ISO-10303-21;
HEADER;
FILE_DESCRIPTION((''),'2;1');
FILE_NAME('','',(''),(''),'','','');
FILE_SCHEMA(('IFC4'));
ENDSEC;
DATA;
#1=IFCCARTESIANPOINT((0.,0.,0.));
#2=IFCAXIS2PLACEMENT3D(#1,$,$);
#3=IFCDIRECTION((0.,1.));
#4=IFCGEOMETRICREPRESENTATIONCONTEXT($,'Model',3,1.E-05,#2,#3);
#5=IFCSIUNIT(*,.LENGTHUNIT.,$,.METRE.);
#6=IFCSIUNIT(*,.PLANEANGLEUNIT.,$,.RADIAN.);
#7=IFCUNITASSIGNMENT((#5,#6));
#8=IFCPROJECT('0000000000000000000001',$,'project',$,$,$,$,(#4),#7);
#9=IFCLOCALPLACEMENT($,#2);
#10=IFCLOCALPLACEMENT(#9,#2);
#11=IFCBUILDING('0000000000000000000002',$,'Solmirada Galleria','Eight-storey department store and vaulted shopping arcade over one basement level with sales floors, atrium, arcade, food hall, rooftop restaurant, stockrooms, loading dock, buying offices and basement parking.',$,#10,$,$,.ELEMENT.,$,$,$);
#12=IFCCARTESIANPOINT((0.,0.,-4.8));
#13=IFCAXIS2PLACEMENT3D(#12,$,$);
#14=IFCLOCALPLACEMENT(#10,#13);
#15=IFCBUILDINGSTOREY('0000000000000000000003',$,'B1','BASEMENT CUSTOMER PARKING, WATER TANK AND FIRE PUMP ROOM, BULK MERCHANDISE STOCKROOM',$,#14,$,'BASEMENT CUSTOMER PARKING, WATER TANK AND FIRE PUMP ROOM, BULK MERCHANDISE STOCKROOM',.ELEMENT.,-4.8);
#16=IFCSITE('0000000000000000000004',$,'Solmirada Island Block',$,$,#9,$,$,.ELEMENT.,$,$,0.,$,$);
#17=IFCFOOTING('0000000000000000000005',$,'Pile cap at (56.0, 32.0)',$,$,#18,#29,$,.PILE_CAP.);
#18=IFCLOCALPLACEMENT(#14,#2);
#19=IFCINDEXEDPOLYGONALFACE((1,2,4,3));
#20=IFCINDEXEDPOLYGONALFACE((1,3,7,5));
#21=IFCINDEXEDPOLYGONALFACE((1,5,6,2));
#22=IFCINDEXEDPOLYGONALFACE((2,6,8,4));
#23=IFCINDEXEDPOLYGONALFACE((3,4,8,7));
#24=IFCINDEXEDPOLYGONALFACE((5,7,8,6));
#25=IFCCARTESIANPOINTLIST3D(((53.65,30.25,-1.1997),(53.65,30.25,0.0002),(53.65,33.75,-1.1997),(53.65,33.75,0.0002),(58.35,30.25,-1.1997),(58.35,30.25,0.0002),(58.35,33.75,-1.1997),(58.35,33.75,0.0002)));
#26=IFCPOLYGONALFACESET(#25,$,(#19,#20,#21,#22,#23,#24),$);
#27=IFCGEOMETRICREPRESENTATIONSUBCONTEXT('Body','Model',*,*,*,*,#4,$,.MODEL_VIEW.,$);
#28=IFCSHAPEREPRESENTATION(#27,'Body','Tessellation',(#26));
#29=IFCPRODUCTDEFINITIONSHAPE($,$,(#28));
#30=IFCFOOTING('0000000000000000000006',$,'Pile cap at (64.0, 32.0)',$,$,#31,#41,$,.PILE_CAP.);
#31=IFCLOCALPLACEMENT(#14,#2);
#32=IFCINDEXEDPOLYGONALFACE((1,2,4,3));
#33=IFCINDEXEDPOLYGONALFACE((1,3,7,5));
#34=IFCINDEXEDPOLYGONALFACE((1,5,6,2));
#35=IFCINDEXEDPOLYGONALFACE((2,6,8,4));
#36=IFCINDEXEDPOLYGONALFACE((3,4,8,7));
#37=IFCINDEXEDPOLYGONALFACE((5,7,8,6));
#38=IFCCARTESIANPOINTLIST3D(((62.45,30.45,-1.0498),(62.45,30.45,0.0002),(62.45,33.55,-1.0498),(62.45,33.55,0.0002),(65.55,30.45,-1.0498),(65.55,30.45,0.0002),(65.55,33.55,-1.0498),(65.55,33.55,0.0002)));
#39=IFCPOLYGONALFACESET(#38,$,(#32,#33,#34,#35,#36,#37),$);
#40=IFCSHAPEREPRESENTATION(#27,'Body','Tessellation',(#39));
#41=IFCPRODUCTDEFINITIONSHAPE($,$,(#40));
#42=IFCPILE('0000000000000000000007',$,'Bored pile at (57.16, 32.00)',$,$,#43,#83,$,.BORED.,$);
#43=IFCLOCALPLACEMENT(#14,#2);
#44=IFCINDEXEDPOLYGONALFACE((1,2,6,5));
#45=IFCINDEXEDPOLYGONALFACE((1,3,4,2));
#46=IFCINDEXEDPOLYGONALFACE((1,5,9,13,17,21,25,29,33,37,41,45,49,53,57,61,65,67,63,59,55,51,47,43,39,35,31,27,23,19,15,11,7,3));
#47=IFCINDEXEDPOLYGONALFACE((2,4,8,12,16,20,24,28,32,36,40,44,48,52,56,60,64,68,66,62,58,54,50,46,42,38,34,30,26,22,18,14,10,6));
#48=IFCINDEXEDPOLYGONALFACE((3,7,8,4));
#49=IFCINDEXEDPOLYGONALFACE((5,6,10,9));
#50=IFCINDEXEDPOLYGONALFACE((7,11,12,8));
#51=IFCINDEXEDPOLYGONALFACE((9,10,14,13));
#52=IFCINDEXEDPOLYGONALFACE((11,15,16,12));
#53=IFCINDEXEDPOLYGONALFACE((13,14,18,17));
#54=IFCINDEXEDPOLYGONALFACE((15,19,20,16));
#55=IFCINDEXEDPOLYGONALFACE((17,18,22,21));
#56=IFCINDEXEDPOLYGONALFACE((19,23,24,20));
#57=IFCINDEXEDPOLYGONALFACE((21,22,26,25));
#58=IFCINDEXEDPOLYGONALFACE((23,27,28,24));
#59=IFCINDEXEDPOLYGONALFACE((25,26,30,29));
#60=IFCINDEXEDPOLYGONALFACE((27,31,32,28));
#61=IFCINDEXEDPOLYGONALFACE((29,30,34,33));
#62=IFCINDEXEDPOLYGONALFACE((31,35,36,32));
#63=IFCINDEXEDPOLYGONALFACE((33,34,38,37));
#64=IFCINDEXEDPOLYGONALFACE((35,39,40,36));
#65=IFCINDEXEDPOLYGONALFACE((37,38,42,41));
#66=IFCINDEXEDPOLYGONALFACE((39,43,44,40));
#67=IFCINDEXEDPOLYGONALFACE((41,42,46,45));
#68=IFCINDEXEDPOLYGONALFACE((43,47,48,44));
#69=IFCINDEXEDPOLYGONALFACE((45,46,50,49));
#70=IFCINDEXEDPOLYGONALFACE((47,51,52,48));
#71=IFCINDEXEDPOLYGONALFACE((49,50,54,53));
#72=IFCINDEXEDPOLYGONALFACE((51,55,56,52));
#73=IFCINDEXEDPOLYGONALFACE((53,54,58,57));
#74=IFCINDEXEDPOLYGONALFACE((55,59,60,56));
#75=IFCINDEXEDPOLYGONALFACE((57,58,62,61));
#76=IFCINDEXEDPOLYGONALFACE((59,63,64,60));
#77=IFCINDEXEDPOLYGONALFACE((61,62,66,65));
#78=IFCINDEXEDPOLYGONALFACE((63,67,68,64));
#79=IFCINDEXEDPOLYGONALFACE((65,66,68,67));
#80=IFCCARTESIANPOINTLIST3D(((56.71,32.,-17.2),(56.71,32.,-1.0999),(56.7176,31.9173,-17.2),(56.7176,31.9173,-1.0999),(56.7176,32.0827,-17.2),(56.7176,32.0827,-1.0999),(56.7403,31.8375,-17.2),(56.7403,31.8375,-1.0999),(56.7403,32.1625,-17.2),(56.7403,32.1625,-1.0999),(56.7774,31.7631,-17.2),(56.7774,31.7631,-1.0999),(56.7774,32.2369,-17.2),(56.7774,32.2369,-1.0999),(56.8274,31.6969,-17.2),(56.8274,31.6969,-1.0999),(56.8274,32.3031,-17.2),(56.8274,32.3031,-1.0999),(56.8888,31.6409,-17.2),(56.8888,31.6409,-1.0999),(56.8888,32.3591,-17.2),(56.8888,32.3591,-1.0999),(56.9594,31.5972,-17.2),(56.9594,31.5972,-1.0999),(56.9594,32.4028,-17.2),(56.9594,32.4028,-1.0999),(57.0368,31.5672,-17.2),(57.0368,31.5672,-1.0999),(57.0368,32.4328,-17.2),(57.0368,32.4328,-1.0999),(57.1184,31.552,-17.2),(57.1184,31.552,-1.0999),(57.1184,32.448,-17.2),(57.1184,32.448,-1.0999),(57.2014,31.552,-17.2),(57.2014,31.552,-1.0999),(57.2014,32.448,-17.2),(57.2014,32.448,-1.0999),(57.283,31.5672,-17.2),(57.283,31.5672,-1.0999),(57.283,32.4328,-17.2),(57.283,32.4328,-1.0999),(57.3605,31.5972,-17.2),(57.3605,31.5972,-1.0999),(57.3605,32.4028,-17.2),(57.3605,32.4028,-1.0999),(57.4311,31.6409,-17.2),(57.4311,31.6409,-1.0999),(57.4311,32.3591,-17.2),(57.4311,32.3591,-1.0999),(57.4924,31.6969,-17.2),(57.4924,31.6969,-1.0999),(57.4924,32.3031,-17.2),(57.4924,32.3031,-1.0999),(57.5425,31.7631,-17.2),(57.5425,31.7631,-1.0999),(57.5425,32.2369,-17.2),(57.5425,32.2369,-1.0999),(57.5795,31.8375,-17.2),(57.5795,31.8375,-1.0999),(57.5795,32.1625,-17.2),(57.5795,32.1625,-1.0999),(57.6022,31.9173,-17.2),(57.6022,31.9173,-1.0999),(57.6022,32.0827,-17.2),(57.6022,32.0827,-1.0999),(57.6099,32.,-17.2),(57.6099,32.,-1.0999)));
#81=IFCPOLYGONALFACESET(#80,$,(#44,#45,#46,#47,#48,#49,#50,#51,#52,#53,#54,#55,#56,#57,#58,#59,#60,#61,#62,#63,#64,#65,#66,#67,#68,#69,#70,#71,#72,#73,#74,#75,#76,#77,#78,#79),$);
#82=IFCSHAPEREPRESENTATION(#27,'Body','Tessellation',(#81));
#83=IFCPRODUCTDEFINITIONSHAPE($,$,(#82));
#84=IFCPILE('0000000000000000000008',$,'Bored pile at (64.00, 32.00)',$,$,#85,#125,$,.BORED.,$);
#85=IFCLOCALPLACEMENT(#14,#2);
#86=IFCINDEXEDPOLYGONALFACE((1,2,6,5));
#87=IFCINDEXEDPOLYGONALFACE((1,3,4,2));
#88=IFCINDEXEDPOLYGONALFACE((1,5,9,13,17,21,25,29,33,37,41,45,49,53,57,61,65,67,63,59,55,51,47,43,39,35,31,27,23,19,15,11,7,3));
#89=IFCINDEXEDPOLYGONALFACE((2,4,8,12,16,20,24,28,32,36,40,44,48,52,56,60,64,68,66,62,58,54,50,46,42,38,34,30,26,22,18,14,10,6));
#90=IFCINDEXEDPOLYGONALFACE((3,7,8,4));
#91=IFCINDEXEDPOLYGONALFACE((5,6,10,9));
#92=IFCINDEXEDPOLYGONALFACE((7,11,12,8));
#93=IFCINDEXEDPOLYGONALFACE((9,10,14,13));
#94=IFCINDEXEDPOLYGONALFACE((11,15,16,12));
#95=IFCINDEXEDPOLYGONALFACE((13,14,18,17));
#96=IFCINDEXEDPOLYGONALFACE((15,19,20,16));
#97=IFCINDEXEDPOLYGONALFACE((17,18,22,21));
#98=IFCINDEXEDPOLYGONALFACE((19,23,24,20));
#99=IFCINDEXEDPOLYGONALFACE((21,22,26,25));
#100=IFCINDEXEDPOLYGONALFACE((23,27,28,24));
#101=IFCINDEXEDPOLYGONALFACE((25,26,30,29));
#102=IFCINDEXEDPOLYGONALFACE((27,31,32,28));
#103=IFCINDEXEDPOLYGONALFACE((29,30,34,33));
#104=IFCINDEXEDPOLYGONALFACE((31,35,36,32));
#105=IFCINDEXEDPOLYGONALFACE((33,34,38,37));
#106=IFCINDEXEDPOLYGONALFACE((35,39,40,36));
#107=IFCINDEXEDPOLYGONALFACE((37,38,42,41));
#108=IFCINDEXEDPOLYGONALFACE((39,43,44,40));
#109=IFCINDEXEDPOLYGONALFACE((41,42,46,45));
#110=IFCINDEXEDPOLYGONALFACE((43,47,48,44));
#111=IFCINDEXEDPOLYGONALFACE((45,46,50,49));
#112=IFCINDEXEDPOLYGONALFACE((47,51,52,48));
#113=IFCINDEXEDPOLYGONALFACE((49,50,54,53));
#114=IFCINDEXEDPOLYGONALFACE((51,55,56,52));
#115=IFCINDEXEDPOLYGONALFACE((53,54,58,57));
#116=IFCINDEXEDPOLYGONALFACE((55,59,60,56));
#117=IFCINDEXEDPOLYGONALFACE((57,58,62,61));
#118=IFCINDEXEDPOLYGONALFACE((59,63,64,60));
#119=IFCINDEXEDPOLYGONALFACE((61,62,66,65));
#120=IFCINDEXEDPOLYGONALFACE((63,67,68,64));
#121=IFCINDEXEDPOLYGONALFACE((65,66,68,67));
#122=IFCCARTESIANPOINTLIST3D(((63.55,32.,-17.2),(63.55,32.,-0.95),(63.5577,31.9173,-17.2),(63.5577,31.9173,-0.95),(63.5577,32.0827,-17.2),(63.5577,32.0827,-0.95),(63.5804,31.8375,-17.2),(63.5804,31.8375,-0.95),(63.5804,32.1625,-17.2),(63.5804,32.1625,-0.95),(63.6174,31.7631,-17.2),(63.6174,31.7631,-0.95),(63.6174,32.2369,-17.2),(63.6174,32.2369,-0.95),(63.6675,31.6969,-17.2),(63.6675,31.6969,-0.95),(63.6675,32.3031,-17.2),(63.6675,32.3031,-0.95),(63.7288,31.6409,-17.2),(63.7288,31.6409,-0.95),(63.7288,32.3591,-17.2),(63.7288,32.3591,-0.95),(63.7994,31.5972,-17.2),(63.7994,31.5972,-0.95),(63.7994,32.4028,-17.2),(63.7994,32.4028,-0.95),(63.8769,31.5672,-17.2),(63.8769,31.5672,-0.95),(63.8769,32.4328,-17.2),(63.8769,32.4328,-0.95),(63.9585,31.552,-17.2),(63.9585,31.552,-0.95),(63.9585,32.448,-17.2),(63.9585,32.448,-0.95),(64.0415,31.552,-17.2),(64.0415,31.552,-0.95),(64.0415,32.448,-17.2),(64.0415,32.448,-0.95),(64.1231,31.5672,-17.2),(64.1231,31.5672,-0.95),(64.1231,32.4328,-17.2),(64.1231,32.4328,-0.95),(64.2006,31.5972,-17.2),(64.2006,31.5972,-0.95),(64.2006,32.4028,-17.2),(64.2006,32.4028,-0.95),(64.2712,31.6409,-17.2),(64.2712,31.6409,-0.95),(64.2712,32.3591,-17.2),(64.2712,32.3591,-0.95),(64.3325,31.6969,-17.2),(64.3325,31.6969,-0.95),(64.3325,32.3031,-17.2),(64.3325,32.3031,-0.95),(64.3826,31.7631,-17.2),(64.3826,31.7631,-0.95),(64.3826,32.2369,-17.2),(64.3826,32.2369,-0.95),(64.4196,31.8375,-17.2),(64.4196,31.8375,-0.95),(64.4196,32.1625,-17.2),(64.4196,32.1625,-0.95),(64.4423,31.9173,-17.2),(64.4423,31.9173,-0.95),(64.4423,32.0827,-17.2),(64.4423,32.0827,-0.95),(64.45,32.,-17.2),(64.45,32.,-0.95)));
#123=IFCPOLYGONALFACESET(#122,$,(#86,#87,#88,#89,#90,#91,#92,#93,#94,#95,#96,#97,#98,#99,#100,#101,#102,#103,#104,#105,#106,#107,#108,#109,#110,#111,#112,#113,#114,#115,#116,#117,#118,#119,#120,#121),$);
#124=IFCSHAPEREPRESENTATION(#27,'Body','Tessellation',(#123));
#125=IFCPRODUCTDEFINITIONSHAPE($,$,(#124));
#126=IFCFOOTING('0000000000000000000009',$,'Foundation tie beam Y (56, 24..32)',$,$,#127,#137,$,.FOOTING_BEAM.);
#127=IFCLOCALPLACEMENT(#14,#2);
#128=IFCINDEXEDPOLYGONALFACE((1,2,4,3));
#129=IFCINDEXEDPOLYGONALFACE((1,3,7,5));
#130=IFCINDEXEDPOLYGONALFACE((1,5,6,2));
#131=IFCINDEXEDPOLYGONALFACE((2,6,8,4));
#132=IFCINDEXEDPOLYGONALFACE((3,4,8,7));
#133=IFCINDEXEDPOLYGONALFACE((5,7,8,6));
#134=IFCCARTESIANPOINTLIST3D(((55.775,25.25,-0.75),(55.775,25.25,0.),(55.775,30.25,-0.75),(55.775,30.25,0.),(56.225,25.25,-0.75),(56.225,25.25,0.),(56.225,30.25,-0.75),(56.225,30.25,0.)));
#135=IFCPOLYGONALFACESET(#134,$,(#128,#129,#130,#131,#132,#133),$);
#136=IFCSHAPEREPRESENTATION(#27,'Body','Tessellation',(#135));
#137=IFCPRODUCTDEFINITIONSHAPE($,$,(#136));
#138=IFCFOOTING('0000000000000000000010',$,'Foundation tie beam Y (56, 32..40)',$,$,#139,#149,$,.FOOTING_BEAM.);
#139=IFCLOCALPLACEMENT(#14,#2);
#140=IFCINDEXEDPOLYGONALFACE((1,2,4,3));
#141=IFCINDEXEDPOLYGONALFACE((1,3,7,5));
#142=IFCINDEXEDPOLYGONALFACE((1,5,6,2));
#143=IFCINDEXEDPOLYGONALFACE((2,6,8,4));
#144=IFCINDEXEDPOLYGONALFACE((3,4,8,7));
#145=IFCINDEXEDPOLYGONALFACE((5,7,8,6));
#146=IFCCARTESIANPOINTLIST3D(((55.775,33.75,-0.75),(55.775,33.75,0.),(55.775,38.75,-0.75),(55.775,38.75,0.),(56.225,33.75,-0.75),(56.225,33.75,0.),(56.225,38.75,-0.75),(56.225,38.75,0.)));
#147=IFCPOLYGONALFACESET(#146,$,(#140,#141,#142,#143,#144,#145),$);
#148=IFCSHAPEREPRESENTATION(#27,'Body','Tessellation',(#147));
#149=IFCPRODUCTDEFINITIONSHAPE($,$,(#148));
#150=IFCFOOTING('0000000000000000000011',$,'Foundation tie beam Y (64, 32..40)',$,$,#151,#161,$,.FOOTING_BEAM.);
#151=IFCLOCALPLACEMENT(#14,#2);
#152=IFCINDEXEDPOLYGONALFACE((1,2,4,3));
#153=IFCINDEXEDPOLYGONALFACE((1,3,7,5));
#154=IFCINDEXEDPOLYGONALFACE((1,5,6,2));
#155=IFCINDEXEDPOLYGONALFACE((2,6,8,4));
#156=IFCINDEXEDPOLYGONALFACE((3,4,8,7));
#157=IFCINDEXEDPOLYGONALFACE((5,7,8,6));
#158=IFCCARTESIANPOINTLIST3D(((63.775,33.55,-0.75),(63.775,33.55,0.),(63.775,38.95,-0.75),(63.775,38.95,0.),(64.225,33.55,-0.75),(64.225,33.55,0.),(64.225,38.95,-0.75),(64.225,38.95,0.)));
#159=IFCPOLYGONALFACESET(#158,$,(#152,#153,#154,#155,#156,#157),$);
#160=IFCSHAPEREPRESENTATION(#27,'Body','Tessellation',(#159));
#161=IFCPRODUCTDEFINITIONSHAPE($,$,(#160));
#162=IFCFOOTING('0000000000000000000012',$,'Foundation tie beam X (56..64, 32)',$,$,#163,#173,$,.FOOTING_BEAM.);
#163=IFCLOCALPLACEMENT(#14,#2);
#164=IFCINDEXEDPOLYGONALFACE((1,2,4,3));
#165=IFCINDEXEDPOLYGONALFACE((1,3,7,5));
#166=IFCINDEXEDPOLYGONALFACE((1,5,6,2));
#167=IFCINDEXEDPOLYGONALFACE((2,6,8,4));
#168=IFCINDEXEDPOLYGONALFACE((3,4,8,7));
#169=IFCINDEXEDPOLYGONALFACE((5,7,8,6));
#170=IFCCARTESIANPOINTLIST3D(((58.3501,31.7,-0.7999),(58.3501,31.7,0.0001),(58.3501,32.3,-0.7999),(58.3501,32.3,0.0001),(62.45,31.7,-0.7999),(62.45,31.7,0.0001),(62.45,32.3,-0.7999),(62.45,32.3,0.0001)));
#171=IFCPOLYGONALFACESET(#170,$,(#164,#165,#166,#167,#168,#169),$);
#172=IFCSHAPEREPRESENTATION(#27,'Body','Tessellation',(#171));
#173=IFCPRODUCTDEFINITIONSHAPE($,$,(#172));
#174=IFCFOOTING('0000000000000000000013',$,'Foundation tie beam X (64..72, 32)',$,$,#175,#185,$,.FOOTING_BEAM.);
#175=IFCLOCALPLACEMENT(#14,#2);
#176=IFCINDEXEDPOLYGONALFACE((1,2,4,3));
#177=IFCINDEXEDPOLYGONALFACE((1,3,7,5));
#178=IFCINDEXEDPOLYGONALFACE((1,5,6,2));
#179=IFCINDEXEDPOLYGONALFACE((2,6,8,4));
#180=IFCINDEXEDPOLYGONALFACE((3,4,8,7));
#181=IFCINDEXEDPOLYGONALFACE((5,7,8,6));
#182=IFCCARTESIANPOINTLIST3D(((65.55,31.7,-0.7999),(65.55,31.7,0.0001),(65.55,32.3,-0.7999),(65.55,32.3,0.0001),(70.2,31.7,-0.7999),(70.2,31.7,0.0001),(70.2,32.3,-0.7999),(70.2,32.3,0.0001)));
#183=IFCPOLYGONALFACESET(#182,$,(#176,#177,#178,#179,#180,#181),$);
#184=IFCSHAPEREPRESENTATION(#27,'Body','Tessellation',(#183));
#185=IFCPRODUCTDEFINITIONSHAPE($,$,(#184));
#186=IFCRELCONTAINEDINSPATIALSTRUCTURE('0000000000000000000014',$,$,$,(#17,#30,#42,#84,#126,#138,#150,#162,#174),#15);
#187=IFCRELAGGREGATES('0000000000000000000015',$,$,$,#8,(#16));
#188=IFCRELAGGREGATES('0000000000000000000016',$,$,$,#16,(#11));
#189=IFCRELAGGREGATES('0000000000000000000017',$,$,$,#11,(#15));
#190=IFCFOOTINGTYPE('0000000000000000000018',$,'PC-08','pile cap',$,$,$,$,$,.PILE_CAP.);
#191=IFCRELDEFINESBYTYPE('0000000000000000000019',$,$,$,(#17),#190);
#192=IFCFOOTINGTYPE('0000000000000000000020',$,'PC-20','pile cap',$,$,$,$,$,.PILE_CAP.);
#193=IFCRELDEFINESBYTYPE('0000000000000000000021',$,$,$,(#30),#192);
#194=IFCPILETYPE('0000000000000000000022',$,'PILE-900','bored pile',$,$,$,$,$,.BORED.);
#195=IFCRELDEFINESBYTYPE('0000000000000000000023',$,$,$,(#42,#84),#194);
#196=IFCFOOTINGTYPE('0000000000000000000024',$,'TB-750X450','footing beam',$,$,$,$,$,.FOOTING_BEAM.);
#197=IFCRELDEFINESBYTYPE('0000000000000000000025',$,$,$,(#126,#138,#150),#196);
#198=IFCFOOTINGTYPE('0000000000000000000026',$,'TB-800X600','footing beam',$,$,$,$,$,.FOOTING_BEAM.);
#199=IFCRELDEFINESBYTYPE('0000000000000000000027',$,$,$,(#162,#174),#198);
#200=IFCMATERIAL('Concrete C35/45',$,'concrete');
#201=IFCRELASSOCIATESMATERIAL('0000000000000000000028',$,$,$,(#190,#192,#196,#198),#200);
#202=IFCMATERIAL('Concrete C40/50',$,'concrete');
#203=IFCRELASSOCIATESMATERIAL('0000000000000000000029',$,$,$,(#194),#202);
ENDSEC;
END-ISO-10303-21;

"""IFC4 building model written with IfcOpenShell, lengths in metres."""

from ifc_helpers import new_model, si_unit, direction, frame, origin, origin_2d, place, context, subcontext, project, spatial, rectangle, circle, extrude, material, material_profile, profile_set, type_object, element, save


model = new_model("IFC4")

# Units and contexts
model_context = context("Model", 3, precision=1e-05, world=origin(), true_north=direction((0.0, 1.0)))
body_context = subcontext(model_context, "Body", "Model", "MODEL_VIEW")
ifc_project = project(units=[si_unit("LENGTHUNIT", "METRE"), si_unit("PLANEANGLEUNIT", "RADIAN")], contexts=[model_context])

# Site, building, storey
site_placement = place(None, origin())
site = spatial("IfcSite", under=ifc_project, at=site_placement, Name="Solmirada Island Block", CompositionType="ELEMENT", RefElevation=0.0)
building_placement = place(site_placement, origin())
building = spatial("IfcBuilding", under=site, at=building_placement, Name="Solmirada Galleria", Description="Eight-storey department store and vaulted shopping arcade over one basement level with sales floors, atrium, arcade, food hall, rooftop restaurant, stockrooms, loading dock, buying offices and basement parking.", CompositionType="ELEMENT")
storey_placement = place(building_placement, frame((0.0, 0.0, -4.8)))
storey = spatial("IfcBuildingStorey", under=building, at=storey_placement, Name="B1", Description="BASEMENT CUSTOMER PARKING, WATER TANK AND FIRE PUMP ROOM, BULK MERCHANDISE STOCKROOM", LongName="BASEMENT CUSTOMER PARKING, WATER TANK AND FIRE PUMP ROOM, BULK MERCHANDISE STOCKROOM", CompositionType="ELEMENT", Elevation=-4.8)

# Footings
ifc_material_1 = material(Name="Concrete C35/45", Category="concrete")
footing_type_1 = type_object("IfcFootingType", Name="PC-08", Description="pile cap", PredefinedType="PILE_CAP", material=ifc_material_1)
footing_1_placement = place(storey_placement, frame((56.0, 32.0, -1.1997), z_axis=(0.0, 0.0, 1.0), x_axis=(1.0, 0.0, 0.0)))
element("IfcFooting", 1, at=footing_1_placement, inside=storey, type_object=footing_type_1, Name="Pile cap at (56.0, 32.0)", PredefinedType="PILE_CAP", context=body_context, shape_type="SweptSolid", body=[
    extrude(rectangle(XDim=4.7, YDim=3.5, at=origin_2d()), origin(), (0.0, 0.0, 1.0), 1.2),
])
footing_type_2 = type_object("IfcFootingType", Name="PC-20", Description="pile cap", PredefinedType="PILE_CAP", material=ifc_material_1)
footing_2_placement = place(storey_placement, frame((64.0, 32.0, -1.0498), z_axis=(0.0, 0.0, 1.0), x_axis=(1.0, 0.0, 0.0)))
element("IfcFooting", 2, at=footing_2_placement, inside=storey, type_object=footing_type_2, Name="Pile cap at (64.0, 32.0)", PredefinedType="PILE_CAP", context=body_context, shape_type="SweptSolid", body=[
    extrude(rectangle(XDim=3.1001, YDim=3.1001, at=origin_2d()), origin(), (0.0, 0.0, 1.0), 1.05),
])

# Piles
ifc_material_2 = material(Name="Concrete C40/50", Category="concrete")
ifc_material_profile_1 = material_profile(ifc_material_2, circle(Radius=0.45, at=origin_2d()), Name="PILE900")
ifc_profile_set_1 = profile_set([ifc_material_profile_1], Name="Concrete C40/50")
pile_type = type_object("IfcPileType", Name="PILE-900", Description="bored pile", PredefinedType="BORED", material=ifc_profile_set_1)
pile_1_placement = place(storey_placement, frame((57.1599, 32.0, -1.0999), z_axis=(0.0, 0.0, -1.0), x_axis=(1.0, 0.0, 0.0)))
element("IfcPile", 3, at=pile_1_placement, inside=storey, type_object=pile_type, Name="Bored pile at (57.16, 32.00)", PredefinedType="BORED", context=body_context, shape_type="SweptSolid", body=[
    extrude(circle(Radius=0.45, at=origin_2d()), origin(), (0.0, 0.0, 1.0), 16.1001),
])
pile_2_placement = place(storey_placement, frame((64.0, 32.0, -0.95), z_axis=(0.0, 0.0, -1.0), x_axis=(1.0, 0.0, 0.0)))
element("IfcPile", 4, at=pile_2_placement, inside=storey, type_object=pile_type, Name="Bored pile at (64.00, 32.00)", PredefinedType="BORED", context=body_context, shape_type="SweptSolid", body=[
    extrude(circle(Radius=0.45, at=origin_2d()), origin(), (0.0, 0.0, 1.0), 16.25),
])

# Footings
ifc_material_profile_2 = material_profile(ifc_material_1, rectangle(XDim=0.45, YDim=0.75, at=origin_2d()), Name="RC750X450")
ifc_profile_set_2 = profile_set([ifc_material_profile_2], Name="Concrete C35/45")
footing_type_3 = type_object("IfcFootingType", Name="TB-750X450", Description="footing beam", PredefinedType="FOOTING_BEAM", material=ifc_profile_set_2)
for number, where, z_axis, x_axis, name in (
    (5, (56.0, 25.25, -0.375), (0.0, 1.0, 0.0), (-1.0, 0.0, 0.0), "Foundation tie beam Y (56, 24..32)"),
    (6, (56.0, 33.75, -0.375), (0.0, 1.0, 0.0), (-1.0, 0.0, 0.0), "Foundation tie beam Y (56, 32..40)"),
):
    element("IfcFooting", number, at=place(storey_placement, frame(where, z_axis=z_axis, x_axis=x_axis)), inside=storey, type_object=footing_type_3, Name=name, PredefinedType="FOOTING_BEAM", context=body_context, shape_type="SweptSolid", body=[
        extrude(rectangle(XDim=0.45, YDim=0.75, at=origin_2d()), origin(), (0.0, 0.0, 1.0), 5.0),
    ])
footing_3_placement = place(storey_placement, frame((64.0, 33.55, -0.375), z_axis=(0.0, 1.0, 0.0), x_axis=(-1.0, 0.0, 0.0)))
element("IfcFooting", 7, at=footing_3_placement, inside=storey, type_object=footing_type_3, Name="Foundation tie beam Y (64, 32..40)", PredefinedType="FOOTING_BEAM", context=body_context, shape_type="SweptSolid", body=[
    extrude(rectangle(XDim=0.45, YDim=0.75, at=origin_2d()), origin(), (0.0, 0.0, 1.0), 5.3999),
])
ifc_material_profile_3 = material_profile(ifc_material_1, rectangle(XDim=0.6001, YDim=0.8, at=origin_2d()), Name="RC800X600")
ifc_profile_set_3 = profile_set([ifc_material_profile_3], Name="Concrete C35/45")
footing_type_4 = type_object("IfcFootingType", Name="TB-800X600", Description="footing beam", PredefinedType="FOOTING_BEAM", material=ifc_profile_set_3)
footing_4_placement = place(storey_placement, frame((58.3501, 32.0, -0.3999), z_axis=(1.0, 0.0, 0.0), x_axis=(0.0, 1.0, 0.0)))
element("IfcFooting", 8, at=footing_4_placement, inside=storey, type_object=footing_type_4, Name="Foundation tie beam X (56..64, 32)", PredefinedType="FOOTING_BEAM", context=body_context, shape_type="SweptSolid", body=[
    extrude(rectangle(XDim=0.6001, YDim=0.8, at=origin_2d()), origin(), (0.0, 0.0, 1.0), 4.0999),
])
footing_5_placement = place(storey_placement, frame((65.55, 32.0, -0.3999), z_axis=(1.0, 0.0, 0.0), x_axis=(0.0, 1.0, 0.0)))
element("IfcFooting", 9, at=footing_5_placement, inside=storey, type_object=footing_type_4, Name="Foundation tie beam X (64..72, 32)", PredefinedType="FOOTING_BEAM", context=body_context, shape_type="SweptSolid", body=[
    extrude(rectangle(XDim=0.6001, YDim=0.8, at=origin_2d()), origin(), (0.0, 0.0, 1.0), 4.6499),
])

save(model, "model.ifc")
